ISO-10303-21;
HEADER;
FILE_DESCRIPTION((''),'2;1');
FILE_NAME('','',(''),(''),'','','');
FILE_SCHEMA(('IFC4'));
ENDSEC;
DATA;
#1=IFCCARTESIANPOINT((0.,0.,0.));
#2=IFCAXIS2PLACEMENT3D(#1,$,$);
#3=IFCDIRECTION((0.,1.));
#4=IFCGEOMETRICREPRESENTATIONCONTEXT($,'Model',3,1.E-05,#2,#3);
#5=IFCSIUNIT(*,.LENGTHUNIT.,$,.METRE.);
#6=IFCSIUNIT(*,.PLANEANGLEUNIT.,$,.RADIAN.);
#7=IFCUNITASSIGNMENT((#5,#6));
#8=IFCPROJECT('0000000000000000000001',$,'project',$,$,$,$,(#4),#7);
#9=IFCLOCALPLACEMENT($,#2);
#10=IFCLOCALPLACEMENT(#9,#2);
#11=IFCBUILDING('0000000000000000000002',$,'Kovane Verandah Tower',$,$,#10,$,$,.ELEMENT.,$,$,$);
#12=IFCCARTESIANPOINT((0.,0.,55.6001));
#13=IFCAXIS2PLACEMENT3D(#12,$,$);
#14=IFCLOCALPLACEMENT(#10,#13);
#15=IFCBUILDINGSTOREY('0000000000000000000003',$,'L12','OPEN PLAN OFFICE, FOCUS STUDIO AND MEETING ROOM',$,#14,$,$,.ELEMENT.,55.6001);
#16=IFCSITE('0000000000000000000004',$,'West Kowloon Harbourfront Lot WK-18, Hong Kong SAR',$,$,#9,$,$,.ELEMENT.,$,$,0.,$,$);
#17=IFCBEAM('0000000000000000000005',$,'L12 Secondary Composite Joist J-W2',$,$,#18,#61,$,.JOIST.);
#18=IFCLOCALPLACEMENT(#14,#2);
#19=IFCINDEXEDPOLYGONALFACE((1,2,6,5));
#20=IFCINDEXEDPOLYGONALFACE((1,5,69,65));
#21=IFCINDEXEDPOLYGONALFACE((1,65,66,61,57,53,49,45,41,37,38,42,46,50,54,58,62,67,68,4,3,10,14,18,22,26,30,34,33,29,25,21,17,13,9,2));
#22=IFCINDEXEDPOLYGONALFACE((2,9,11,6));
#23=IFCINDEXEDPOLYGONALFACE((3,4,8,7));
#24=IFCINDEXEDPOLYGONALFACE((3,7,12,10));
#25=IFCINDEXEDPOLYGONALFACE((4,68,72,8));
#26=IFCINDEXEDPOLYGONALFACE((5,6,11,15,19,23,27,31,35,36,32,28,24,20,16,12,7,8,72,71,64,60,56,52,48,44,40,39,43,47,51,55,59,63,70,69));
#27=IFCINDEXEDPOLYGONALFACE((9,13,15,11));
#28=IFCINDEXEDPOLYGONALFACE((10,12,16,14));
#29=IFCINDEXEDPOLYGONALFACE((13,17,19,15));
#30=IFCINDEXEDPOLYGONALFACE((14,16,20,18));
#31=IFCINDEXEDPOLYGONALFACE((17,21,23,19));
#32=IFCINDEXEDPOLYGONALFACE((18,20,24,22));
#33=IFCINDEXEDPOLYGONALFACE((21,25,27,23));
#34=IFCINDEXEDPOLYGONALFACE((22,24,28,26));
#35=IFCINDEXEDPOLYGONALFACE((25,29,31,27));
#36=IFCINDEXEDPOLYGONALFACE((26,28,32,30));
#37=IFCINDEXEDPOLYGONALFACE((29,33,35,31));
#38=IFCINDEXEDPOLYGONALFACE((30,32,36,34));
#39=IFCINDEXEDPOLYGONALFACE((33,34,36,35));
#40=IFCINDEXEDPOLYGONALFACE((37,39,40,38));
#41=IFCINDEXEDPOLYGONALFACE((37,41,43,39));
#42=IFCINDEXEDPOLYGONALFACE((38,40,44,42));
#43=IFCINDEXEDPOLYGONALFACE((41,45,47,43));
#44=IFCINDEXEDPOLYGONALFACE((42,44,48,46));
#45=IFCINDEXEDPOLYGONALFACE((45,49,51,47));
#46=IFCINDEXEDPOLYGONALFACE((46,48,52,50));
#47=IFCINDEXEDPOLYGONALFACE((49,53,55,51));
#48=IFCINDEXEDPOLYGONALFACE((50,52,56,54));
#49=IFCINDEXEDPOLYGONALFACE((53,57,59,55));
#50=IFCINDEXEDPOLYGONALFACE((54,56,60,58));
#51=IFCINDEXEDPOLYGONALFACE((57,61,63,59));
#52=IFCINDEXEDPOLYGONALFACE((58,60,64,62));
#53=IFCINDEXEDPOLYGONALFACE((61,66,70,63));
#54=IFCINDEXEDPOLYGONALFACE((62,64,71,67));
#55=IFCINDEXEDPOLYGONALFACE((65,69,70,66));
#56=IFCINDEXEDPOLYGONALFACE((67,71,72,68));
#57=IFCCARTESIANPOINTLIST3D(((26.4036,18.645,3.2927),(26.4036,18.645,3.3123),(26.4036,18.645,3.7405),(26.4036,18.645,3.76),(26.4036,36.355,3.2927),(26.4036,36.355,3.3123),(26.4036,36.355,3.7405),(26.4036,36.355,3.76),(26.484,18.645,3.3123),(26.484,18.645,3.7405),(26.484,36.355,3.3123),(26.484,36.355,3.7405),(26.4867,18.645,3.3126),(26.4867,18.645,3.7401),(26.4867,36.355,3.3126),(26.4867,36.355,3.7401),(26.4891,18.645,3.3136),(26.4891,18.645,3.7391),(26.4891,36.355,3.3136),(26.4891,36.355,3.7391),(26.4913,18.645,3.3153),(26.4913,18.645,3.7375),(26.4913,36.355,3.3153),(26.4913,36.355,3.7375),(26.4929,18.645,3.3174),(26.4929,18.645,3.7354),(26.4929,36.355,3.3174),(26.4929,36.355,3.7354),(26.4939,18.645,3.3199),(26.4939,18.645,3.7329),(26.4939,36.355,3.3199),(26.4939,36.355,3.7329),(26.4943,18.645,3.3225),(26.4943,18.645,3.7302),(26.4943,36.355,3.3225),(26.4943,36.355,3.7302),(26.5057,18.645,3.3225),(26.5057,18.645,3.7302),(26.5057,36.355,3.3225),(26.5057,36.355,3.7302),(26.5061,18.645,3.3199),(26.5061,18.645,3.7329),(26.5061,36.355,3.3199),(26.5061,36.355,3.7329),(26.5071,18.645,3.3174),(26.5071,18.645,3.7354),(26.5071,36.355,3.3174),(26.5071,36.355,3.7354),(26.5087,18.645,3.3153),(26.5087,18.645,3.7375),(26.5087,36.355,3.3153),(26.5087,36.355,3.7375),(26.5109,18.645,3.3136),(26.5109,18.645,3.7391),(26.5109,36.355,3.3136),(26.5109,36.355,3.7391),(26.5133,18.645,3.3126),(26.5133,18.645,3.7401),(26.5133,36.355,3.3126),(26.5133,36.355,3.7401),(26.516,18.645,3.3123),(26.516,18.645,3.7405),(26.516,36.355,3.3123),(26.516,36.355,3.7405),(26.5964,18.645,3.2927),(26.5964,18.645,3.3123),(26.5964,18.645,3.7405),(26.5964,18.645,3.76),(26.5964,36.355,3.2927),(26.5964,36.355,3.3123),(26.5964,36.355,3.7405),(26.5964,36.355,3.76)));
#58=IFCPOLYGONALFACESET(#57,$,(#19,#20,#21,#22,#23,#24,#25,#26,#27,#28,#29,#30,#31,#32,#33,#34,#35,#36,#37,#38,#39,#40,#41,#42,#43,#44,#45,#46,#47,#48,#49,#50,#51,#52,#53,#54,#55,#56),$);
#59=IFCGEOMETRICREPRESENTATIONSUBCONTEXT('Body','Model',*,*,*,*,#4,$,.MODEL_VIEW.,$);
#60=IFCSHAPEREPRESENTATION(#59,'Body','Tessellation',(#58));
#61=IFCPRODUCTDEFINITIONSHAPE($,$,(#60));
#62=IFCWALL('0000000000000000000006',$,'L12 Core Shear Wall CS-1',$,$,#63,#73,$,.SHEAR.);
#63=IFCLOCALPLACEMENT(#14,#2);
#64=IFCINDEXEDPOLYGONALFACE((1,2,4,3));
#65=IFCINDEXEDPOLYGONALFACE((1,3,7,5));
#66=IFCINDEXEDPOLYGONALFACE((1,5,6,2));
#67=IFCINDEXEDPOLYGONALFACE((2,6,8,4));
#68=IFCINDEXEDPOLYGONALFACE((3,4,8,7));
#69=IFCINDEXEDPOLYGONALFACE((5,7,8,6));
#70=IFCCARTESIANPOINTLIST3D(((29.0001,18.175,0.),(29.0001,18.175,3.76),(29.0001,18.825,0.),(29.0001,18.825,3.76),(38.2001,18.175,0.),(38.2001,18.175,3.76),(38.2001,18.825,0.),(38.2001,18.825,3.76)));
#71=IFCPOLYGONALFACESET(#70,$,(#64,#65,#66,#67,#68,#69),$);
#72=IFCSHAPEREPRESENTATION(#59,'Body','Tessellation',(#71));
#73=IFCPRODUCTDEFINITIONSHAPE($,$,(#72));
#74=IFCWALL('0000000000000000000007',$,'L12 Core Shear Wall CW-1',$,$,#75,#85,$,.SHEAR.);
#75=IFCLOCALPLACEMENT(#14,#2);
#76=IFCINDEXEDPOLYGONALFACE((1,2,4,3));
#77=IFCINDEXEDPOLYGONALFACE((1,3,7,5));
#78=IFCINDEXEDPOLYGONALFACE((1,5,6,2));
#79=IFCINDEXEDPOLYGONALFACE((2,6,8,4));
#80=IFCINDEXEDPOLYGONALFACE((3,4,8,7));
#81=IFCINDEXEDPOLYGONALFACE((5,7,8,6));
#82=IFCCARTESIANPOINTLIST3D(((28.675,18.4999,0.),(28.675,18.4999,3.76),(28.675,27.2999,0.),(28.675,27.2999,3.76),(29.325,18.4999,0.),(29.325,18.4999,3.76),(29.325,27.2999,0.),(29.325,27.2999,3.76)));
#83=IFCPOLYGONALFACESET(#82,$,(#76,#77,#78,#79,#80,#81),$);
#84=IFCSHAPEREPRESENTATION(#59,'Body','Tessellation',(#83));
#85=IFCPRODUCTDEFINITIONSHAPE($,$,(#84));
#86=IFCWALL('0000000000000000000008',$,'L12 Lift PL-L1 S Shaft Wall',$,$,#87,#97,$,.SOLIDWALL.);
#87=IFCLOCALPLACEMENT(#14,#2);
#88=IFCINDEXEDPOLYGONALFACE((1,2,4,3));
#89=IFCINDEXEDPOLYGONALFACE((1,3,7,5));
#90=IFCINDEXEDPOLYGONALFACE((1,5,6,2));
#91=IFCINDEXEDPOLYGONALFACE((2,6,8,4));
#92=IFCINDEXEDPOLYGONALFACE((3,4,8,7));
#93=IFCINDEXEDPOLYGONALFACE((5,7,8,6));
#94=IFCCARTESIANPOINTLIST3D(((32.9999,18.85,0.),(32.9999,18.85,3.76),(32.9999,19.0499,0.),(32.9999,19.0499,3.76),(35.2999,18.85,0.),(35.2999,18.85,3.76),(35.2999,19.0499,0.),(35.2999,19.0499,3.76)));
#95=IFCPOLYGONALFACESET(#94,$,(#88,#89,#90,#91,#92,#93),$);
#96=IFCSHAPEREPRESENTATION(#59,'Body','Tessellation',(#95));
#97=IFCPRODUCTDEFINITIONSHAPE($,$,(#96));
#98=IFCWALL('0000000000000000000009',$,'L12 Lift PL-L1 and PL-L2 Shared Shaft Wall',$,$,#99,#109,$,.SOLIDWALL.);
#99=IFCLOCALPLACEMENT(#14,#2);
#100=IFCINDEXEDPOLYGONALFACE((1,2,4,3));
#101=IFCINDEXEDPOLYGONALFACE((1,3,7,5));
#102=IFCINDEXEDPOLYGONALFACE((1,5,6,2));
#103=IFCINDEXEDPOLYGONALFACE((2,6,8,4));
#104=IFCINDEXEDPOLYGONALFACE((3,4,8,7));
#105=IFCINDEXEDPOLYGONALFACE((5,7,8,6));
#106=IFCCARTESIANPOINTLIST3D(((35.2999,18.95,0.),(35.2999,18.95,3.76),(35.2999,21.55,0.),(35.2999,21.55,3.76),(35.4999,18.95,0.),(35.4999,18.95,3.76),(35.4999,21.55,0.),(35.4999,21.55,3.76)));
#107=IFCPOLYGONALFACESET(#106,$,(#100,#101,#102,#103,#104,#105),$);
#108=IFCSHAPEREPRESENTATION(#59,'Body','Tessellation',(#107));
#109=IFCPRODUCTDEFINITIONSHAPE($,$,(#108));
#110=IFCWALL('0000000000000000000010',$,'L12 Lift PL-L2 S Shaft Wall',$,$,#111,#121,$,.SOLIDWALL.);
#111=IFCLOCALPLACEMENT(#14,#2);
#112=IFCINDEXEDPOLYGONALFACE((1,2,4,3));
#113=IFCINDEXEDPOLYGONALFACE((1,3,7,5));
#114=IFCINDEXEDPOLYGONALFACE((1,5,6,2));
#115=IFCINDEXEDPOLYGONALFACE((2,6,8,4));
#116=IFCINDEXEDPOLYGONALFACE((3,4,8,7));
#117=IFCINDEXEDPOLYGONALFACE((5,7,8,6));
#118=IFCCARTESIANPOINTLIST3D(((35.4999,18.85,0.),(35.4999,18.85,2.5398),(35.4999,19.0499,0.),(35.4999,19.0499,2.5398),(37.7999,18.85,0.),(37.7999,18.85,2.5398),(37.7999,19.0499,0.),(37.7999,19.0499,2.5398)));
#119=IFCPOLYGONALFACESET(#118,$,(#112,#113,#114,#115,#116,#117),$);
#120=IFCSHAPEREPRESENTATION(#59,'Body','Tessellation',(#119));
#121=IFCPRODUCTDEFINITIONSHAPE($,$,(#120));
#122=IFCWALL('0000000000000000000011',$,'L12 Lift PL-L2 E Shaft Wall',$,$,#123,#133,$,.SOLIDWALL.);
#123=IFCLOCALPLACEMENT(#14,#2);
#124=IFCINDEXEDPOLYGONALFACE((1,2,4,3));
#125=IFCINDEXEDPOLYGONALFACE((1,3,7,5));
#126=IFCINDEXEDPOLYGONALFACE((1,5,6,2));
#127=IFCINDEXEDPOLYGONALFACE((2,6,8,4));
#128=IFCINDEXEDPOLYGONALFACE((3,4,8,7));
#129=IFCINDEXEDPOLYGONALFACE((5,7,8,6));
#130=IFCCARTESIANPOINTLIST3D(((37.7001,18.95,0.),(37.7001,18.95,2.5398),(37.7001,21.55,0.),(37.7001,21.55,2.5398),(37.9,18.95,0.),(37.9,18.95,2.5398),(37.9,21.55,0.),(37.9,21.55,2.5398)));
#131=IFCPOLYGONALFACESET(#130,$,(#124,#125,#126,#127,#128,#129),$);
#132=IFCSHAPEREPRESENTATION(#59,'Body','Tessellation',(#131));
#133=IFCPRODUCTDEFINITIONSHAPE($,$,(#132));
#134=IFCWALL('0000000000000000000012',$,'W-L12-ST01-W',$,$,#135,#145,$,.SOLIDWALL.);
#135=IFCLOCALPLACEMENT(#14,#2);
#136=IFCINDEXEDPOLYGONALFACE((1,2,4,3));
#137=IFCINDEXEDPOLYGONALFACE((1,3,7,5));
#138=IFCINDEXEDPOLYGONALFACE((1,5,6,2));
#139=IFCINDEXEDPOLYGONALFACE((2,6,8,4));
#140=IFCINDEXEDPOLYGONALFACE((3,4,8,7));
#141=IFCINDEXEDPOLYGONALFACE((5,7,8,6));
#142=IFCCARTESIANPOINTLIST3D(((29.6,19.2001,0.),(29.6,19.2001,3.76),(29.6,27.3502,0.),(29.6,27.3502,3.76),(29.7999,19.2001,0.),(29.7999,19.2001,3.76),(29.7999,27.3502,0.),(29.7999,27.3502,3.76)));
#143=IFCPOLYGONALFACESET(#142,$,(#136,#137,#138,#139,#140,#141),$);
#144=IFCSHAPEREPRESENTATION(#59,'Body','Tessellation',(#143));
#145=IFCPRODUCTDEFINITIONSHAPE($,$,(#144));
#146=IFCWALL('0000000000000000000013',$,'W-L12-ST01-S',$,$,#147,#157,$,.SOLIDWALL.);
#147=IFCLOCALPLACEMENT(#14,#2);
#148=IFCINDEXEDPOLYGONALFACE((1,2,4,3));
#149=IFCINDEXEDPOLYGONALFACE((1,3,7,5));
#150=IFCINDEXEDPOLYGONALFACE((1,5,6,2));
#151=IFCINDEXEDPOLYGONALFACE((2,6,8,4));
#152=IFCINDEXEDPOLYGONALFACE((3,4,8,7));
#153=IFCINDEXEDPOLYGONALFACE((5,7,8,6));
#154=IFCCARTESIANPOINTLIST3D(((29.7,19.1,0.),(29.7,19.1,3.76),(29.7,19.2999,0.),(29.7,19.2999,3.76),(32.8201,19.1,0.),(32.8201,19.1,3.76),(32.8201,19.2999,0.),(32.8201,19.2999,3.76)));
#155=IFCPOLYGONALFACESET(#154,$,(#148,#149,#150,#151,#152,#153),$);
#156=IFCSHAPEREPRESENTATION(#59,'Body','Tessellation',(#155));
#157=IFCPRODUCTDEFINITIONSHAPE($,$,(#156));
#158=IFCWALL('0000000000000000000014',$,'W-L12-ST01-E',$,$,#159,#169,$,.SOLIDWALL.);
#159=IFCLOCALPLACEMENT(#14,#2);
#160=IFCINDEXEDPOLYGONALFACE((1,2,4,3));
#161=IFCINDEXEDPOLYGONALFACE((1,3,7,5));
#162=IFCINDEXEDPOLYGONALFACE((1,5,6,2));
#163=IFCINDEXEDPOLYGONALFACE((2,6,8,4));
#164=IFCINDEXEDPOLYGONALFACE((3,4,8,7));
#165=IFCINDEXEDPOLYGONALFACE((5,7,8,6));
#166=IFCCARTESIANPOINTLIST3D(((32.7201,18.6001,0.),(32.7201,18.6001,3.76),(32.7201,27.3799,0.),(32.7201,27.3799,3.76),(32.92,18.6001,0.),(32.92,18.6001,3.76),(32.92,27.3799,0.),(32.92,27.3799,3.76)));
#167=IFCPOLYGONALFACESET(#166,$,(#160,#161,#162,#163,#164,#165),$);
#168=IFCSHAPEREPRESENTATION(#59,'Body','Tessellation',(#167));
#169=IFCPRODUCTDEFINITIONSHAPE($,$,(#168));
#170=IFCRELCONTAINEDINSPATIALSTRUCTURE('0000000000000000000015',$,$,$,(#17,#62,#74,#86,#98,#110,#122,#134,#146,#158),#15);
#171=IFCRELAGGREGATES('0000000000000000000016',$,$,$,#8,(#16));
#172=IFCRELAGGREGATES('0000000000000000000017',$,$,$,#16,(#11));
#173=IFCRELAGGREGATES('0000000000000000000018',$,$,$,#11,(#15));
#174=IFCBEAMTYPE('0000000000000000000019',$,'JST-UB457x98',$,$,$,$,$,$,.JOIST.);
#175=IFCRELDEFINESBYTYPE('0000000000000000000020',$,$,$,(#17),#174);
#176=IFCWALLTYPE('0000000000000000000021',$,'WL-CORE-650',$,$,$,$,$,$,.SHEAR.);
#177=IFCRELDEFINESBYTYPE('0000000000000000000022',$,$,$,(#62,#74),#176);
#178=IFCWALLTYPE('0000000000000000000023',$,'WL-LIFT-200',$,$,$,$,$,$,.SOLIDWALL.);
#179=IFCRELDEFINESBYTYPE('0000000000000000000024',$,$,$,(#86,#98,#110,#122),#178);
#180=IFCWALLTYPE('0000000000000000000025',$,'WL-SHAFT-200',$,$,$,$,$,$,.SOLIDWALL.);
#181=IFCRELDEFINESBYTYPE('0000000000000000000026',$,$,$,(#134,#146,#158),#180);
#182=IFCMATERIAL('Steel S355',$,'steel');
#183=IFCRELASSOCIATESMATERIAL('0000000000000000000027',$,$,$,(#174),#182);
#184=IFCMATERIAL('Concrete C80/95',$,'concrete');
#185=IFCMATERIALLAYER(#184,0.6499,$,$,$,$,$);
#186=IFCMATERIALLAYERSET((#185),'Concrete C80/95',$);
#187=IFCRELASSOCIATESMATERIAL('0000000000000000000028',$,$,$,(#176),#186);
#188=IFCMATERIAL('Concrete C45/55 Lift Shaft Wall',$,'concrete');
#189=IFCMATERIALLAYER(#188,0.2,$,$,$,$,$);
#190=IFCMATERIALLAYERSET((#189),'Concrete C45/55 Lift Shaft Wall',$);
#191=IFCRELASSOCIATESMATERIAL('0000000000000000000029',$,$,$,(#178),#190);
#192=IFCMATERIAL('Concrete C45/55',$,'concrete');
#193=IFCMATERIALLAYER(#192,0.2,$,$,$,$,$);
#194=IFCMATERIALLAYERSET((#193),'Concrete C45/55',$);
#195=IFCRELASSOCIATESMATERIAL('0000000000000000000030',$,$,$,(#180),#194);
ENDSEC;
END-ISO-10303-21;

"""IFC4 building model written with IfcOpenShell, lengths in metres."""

from ifc_helpers import new_model, si_unit, direction, frame, frame_2d, origin, origin_2d, place, context, subcontext, project, spatial, rectangle, i_section, extrude, material, layer, layer_set, material_profile, profile_set, type_object, element, save


model = new_model("IFC4")

# Units and contexts
model_context = context("Model", 3, precision=1e-05, world=origin(), true_north=direction((0.0, 1.0)))
body_context = subcontext(model_context, "Body", "Model", "MODEL_VIEW")
ifc_project = project(units=[si_unit("LENGTHUNIT", "METRE"), si_unit("PLANEANGLEUNIT", "RADIAN")], contexts=[model_context])

# Site, building, storey
site_placement = place(None, origin())
site = spatial("IfcSite", under=ifc_project, at=site_placement, Name="West Kowloon Harbourfront Lot WK-18, Hong Kong SAR", CompositionType="ELEMENT", RefElevation=0.0)
building_placement = place(site_placement, origin())
building = spatial("IfcBuilding", under=site, at=building_placement, Name="Kovane Verandah Tower", CompositionType="ELEMENT")
storey_placement = place(building_placement, frame((0.0, 0.0, 55.6001)))
storey = spatial("IfcBuildingStorey", under=building, at=storey_placement, Name="L12", Description="OPEN PLAN OFFICE, FOCUS STUDIO AND MEETING ROOM", CompositionType="ELEMENT", Elevation=55.6001)

# Shared definitions
ifc_material_1 = material(Name="Concrete C80/95", Category="concrete")

# Beam
ifc_material_2 = material(Name="Steel S355", Category="steel")
ifc_material_profile_1 = material_profile(ifc_material_2, i_section(OverallWidth=0.1929, OverallDepth=0.4673, WebThickness=0.0115, FlangeThickness=0.0195, FilletRadius=0.0103, at=origin_2d()), Name="UB457x191x98")
ifc_profile_set_1 = profile_set([ifc_material_profile_1], Name="Steel S355")
beam_type_1 = type_object("IfcBeamType", Name="JST-UB457x98", PredefinedType="JOIST", material=ifc_profile_set_1)
for number, where, z_axis, x_axis, name in (
    (1, (26.5, 18.645, 3.5264), (0.0, 1.0, 0.0), (-1.0, 0.0, 0.0), "L12 Secondary Composite Joist J-W2"),
):
    element("IfcBeam", number, at=place(storey_placement, frame(where, z_axis=z_axis, x_axis=x_axis)), inside=storey, type_object=beam_type_1, Name=name, PredefinedType="JOIST", context=body_context, shape_type="SweptSolid", body=[
        extrude(i_section(OverallWidth=0.1929, OverallDepth=0.4673, WebThickness=0.0115, FlangeThickness=0.0195, FilletRadius=0.0103, at=origin_2d()), origin(), (0.0, 0.0, 1.0), 17.71),
    ])

# Walls
ifc_layer_1 = layer(ifc_material_1, 0.6499)
ifc_layer_set_1 = layer_set([ifc_layer_1], Name="Concrete C80/95")
wall_type_1 = type_object("IfcWallType", Name="WL-CORE-650", PredefinedType="SHEAR", material=ifc_layer_set_1)
wall_1_placement = place(storey_placement, frame((29.0, 18.5, 0.0), z_axis=(0.0, 0.0, 1.0), x_axis=(1.0, 0.0, 0.0)))
element("IfcWall", 2, at=wall_1_placement, inside=storey, type_object=wall_type_1, Name="L12 Core Shear Wall CS-1", PredefinedType="SHEAR", context=body_context, shape_type="SweptSolid", body=[
    extrude(rectangle(XDim=9.2, YDim=0.6499, at=frame_2d((4.6001, 0.0))), origin(), (0.0, 0.0, 1.0), 3.76),
])
wall_2_placement = place(storey_placement, frame((29.0, 18.5, 0.0), z_axis=(0.0, 0.0, 1.0), x_axis=(0.0, 1.0, 0.0)))
element("IfcWall", 3, at=wall_2_placement, inside=storey, type_object=wall_type_1, Name="L12 Core Shear Wall CW-1", PredefinedType="SHEAR", context=body_context, shape_type="SweptSolid", body=[
    extrude(rectangle(XDim=8.8, YDim=0.6499, at=frame_2d((4.3999, 0.0))), origin(), (0.0, 0.0, 1.0), 3.76),
])
ifc_material_3 = material(Name="Concrete C45/55 Lift Shaft Wall", Category="concrete")
ifc_layer_2 = layer(ifc_material_3, 0.2)
ifc_layer_set_2 = layer_set([ifc_layer_2], Name="Concrete C45/55 Lift Shaft Wall")
wall_type_2 = type_object("IfcWallType", Name="WL-LIFT-200", PredefinedType="SOLIDWALL", material=ifc_layer_set_2)
wall_3_placement = place(storey_placement, frame((33.0, 18.95, 0.0), z_axis=(0.0, 0.0, 1.0), x_axis=(1.0, 0.0, 0.0)))
element("IfcWall", 4, at=wall_3_placement, inside=storey, type_object=wall_type_2, Name="L12 Lift PL-L1 S Shaft Wall", PredefinedType="SOLIDWALL", context=body_context, shape_type="SweptSolid", body=[
    extrude(rectangle(XDim=2.3, YDim=0.2, at=frame_2d((1.1499, 0.0))), origin(), (0.0, 0.0, 1.0), 3.76),
])

# Walls
wall_4_placement = place(storey_placement, frame((35.3999, 18.95, 0.0), z_axis=(0.0, 0.0, 1.0), x_axis=(0.0, 1.0, 0.0)))
element("IfcWall", 5, at=wall_4_placement, inside=storey, type_object=wall_type_2, Name="L12 Lift PL-L1 and PL-L2 Shared Shaft Wall", PredefinedType="SOLIDWALL", context=body_context, shape_type="SweptSolid", body=[
    extrude(rectangle(XDim=2.6001, YDim=0.2, at=frame_2d((1.3, 0.0))), origin(), (0.0, 0.0, 1.0), 3.76),
])
wall_5_placement = place(storey_placement, frame((35.5, 18.95, 0.0), z_axis=(0.0, 0.0, 1.0), x_axis=(1.0, 0.0, 0.0)))
element("IfcWall", 6, at=wall_5_placement, inside=storey, type_object=wall_type_2, Name="L12 Lift PL-L2 S Shaft Wall", PredefinedType="SOLIDWALL", context=body_context, shape_type="SweptSolid", body=[
    extrude(rectangle(XDim=2.3, YDim=0.2, at=frame_2d((1.1499, 0.0))), origin(), (0.0, 0.0, 1.0), 2.5398),
])

# Walls
wall_6_placement = place(storey_placement, frame((37.8, 18.95, 0.0), z_axis=(0.0, 0.0, 1.0), x_axis=(0.0, 1.0, 0.0)))
element("IfcWall", 7, at=wall_6_placement, inside=storey, type_object=wall_type_2, Name="L12 Lift PL-L2 E Shaft Wall", PredefinedType="SOLIDWALL", context=body_context, shape_type="SweptSolid", body=[
    extrude(rectangle(XDim=2.6001, YDim=0.2, at=frame_2d((1.3, 0.0))), origin(), (0.0, 0.0, 1.0), 2.5398),
])
ifc_material_4 = material(Name="Concrete C45/55", Category="concrete")
ifc_layer_3 = layer(ifc_material_4, 0.2)
ifc_layer_set_3 = layer_set([ifc_layer_3], Name="Concrete C45/55")
wall_type_3 = type_object("IfcWallType", Name="WL-SHAFT-200", PredefinedType="SOLIDWALL", material=ifc_layer_set_3)
wall_7_placement = place(storey_placement, frame((29.7, 19.2, 0.0), z_axis=(0.0, 0.0, 1.0), x_axis=(0.0, 1.0, 0.0)))
element("IfcWall", 8, at=wall_7_placement, inside=storey, type_object=wall_type_3, Name="W-L12-ST01-W", PredefinedType="SOLIDWALL", context=body_context, shape_type="SweptSolid", body=[
    extrude(rectangle(XDim=8.1501, YDim=0.2, at=frame_2d((4.0752, 0.0))), origin(), (0.0, 0.0, 1.0), 3.76),
])
wall_8_placement = place(storey_placement, frame((29.7, 19.2, 0.0), z_axis=(0.0, 0.0, 1.0), x_axis=(1.0, 0.0, 0.0)))
element("IfcWall", 9, at=wall_8_placement, inside=storey, type_object=wall_type_3, Name="W-L12-ST01-S", PredefinedType="SOLIDWALL", context=body_context, shape_type="SweptSolid", body=[
    extrude(rectangle(XDim=3.1201, YDim=0.2, at=frame_2d((1.5601, 0.0))), origin(), (0.0, 0.0, 1.0), 3.76),
])
wall_9_placement = place(storey_placement, frame((32.8201, 18.6001, 0.0), z_axis=(0.0, 0.0, 1.0), x_axis=(0.0, 1.0, 0.0)))
element("IfcWall", 10, at=wall_9_placement, inside=storey, type_object=wall_type_3, Name="W-L12-ST01-E", PredefinedType="SOLIDWALL", context=body_context, shape_type="SweptSolid", body=[
    extrude(rectangle(XDim=8.7798, YDim=0.2, at=frame_2d((4.3899, 0.0))), origin(), (0.0, 0.0, 1.0), 3.76),
])

save(model, "model.ifc")
